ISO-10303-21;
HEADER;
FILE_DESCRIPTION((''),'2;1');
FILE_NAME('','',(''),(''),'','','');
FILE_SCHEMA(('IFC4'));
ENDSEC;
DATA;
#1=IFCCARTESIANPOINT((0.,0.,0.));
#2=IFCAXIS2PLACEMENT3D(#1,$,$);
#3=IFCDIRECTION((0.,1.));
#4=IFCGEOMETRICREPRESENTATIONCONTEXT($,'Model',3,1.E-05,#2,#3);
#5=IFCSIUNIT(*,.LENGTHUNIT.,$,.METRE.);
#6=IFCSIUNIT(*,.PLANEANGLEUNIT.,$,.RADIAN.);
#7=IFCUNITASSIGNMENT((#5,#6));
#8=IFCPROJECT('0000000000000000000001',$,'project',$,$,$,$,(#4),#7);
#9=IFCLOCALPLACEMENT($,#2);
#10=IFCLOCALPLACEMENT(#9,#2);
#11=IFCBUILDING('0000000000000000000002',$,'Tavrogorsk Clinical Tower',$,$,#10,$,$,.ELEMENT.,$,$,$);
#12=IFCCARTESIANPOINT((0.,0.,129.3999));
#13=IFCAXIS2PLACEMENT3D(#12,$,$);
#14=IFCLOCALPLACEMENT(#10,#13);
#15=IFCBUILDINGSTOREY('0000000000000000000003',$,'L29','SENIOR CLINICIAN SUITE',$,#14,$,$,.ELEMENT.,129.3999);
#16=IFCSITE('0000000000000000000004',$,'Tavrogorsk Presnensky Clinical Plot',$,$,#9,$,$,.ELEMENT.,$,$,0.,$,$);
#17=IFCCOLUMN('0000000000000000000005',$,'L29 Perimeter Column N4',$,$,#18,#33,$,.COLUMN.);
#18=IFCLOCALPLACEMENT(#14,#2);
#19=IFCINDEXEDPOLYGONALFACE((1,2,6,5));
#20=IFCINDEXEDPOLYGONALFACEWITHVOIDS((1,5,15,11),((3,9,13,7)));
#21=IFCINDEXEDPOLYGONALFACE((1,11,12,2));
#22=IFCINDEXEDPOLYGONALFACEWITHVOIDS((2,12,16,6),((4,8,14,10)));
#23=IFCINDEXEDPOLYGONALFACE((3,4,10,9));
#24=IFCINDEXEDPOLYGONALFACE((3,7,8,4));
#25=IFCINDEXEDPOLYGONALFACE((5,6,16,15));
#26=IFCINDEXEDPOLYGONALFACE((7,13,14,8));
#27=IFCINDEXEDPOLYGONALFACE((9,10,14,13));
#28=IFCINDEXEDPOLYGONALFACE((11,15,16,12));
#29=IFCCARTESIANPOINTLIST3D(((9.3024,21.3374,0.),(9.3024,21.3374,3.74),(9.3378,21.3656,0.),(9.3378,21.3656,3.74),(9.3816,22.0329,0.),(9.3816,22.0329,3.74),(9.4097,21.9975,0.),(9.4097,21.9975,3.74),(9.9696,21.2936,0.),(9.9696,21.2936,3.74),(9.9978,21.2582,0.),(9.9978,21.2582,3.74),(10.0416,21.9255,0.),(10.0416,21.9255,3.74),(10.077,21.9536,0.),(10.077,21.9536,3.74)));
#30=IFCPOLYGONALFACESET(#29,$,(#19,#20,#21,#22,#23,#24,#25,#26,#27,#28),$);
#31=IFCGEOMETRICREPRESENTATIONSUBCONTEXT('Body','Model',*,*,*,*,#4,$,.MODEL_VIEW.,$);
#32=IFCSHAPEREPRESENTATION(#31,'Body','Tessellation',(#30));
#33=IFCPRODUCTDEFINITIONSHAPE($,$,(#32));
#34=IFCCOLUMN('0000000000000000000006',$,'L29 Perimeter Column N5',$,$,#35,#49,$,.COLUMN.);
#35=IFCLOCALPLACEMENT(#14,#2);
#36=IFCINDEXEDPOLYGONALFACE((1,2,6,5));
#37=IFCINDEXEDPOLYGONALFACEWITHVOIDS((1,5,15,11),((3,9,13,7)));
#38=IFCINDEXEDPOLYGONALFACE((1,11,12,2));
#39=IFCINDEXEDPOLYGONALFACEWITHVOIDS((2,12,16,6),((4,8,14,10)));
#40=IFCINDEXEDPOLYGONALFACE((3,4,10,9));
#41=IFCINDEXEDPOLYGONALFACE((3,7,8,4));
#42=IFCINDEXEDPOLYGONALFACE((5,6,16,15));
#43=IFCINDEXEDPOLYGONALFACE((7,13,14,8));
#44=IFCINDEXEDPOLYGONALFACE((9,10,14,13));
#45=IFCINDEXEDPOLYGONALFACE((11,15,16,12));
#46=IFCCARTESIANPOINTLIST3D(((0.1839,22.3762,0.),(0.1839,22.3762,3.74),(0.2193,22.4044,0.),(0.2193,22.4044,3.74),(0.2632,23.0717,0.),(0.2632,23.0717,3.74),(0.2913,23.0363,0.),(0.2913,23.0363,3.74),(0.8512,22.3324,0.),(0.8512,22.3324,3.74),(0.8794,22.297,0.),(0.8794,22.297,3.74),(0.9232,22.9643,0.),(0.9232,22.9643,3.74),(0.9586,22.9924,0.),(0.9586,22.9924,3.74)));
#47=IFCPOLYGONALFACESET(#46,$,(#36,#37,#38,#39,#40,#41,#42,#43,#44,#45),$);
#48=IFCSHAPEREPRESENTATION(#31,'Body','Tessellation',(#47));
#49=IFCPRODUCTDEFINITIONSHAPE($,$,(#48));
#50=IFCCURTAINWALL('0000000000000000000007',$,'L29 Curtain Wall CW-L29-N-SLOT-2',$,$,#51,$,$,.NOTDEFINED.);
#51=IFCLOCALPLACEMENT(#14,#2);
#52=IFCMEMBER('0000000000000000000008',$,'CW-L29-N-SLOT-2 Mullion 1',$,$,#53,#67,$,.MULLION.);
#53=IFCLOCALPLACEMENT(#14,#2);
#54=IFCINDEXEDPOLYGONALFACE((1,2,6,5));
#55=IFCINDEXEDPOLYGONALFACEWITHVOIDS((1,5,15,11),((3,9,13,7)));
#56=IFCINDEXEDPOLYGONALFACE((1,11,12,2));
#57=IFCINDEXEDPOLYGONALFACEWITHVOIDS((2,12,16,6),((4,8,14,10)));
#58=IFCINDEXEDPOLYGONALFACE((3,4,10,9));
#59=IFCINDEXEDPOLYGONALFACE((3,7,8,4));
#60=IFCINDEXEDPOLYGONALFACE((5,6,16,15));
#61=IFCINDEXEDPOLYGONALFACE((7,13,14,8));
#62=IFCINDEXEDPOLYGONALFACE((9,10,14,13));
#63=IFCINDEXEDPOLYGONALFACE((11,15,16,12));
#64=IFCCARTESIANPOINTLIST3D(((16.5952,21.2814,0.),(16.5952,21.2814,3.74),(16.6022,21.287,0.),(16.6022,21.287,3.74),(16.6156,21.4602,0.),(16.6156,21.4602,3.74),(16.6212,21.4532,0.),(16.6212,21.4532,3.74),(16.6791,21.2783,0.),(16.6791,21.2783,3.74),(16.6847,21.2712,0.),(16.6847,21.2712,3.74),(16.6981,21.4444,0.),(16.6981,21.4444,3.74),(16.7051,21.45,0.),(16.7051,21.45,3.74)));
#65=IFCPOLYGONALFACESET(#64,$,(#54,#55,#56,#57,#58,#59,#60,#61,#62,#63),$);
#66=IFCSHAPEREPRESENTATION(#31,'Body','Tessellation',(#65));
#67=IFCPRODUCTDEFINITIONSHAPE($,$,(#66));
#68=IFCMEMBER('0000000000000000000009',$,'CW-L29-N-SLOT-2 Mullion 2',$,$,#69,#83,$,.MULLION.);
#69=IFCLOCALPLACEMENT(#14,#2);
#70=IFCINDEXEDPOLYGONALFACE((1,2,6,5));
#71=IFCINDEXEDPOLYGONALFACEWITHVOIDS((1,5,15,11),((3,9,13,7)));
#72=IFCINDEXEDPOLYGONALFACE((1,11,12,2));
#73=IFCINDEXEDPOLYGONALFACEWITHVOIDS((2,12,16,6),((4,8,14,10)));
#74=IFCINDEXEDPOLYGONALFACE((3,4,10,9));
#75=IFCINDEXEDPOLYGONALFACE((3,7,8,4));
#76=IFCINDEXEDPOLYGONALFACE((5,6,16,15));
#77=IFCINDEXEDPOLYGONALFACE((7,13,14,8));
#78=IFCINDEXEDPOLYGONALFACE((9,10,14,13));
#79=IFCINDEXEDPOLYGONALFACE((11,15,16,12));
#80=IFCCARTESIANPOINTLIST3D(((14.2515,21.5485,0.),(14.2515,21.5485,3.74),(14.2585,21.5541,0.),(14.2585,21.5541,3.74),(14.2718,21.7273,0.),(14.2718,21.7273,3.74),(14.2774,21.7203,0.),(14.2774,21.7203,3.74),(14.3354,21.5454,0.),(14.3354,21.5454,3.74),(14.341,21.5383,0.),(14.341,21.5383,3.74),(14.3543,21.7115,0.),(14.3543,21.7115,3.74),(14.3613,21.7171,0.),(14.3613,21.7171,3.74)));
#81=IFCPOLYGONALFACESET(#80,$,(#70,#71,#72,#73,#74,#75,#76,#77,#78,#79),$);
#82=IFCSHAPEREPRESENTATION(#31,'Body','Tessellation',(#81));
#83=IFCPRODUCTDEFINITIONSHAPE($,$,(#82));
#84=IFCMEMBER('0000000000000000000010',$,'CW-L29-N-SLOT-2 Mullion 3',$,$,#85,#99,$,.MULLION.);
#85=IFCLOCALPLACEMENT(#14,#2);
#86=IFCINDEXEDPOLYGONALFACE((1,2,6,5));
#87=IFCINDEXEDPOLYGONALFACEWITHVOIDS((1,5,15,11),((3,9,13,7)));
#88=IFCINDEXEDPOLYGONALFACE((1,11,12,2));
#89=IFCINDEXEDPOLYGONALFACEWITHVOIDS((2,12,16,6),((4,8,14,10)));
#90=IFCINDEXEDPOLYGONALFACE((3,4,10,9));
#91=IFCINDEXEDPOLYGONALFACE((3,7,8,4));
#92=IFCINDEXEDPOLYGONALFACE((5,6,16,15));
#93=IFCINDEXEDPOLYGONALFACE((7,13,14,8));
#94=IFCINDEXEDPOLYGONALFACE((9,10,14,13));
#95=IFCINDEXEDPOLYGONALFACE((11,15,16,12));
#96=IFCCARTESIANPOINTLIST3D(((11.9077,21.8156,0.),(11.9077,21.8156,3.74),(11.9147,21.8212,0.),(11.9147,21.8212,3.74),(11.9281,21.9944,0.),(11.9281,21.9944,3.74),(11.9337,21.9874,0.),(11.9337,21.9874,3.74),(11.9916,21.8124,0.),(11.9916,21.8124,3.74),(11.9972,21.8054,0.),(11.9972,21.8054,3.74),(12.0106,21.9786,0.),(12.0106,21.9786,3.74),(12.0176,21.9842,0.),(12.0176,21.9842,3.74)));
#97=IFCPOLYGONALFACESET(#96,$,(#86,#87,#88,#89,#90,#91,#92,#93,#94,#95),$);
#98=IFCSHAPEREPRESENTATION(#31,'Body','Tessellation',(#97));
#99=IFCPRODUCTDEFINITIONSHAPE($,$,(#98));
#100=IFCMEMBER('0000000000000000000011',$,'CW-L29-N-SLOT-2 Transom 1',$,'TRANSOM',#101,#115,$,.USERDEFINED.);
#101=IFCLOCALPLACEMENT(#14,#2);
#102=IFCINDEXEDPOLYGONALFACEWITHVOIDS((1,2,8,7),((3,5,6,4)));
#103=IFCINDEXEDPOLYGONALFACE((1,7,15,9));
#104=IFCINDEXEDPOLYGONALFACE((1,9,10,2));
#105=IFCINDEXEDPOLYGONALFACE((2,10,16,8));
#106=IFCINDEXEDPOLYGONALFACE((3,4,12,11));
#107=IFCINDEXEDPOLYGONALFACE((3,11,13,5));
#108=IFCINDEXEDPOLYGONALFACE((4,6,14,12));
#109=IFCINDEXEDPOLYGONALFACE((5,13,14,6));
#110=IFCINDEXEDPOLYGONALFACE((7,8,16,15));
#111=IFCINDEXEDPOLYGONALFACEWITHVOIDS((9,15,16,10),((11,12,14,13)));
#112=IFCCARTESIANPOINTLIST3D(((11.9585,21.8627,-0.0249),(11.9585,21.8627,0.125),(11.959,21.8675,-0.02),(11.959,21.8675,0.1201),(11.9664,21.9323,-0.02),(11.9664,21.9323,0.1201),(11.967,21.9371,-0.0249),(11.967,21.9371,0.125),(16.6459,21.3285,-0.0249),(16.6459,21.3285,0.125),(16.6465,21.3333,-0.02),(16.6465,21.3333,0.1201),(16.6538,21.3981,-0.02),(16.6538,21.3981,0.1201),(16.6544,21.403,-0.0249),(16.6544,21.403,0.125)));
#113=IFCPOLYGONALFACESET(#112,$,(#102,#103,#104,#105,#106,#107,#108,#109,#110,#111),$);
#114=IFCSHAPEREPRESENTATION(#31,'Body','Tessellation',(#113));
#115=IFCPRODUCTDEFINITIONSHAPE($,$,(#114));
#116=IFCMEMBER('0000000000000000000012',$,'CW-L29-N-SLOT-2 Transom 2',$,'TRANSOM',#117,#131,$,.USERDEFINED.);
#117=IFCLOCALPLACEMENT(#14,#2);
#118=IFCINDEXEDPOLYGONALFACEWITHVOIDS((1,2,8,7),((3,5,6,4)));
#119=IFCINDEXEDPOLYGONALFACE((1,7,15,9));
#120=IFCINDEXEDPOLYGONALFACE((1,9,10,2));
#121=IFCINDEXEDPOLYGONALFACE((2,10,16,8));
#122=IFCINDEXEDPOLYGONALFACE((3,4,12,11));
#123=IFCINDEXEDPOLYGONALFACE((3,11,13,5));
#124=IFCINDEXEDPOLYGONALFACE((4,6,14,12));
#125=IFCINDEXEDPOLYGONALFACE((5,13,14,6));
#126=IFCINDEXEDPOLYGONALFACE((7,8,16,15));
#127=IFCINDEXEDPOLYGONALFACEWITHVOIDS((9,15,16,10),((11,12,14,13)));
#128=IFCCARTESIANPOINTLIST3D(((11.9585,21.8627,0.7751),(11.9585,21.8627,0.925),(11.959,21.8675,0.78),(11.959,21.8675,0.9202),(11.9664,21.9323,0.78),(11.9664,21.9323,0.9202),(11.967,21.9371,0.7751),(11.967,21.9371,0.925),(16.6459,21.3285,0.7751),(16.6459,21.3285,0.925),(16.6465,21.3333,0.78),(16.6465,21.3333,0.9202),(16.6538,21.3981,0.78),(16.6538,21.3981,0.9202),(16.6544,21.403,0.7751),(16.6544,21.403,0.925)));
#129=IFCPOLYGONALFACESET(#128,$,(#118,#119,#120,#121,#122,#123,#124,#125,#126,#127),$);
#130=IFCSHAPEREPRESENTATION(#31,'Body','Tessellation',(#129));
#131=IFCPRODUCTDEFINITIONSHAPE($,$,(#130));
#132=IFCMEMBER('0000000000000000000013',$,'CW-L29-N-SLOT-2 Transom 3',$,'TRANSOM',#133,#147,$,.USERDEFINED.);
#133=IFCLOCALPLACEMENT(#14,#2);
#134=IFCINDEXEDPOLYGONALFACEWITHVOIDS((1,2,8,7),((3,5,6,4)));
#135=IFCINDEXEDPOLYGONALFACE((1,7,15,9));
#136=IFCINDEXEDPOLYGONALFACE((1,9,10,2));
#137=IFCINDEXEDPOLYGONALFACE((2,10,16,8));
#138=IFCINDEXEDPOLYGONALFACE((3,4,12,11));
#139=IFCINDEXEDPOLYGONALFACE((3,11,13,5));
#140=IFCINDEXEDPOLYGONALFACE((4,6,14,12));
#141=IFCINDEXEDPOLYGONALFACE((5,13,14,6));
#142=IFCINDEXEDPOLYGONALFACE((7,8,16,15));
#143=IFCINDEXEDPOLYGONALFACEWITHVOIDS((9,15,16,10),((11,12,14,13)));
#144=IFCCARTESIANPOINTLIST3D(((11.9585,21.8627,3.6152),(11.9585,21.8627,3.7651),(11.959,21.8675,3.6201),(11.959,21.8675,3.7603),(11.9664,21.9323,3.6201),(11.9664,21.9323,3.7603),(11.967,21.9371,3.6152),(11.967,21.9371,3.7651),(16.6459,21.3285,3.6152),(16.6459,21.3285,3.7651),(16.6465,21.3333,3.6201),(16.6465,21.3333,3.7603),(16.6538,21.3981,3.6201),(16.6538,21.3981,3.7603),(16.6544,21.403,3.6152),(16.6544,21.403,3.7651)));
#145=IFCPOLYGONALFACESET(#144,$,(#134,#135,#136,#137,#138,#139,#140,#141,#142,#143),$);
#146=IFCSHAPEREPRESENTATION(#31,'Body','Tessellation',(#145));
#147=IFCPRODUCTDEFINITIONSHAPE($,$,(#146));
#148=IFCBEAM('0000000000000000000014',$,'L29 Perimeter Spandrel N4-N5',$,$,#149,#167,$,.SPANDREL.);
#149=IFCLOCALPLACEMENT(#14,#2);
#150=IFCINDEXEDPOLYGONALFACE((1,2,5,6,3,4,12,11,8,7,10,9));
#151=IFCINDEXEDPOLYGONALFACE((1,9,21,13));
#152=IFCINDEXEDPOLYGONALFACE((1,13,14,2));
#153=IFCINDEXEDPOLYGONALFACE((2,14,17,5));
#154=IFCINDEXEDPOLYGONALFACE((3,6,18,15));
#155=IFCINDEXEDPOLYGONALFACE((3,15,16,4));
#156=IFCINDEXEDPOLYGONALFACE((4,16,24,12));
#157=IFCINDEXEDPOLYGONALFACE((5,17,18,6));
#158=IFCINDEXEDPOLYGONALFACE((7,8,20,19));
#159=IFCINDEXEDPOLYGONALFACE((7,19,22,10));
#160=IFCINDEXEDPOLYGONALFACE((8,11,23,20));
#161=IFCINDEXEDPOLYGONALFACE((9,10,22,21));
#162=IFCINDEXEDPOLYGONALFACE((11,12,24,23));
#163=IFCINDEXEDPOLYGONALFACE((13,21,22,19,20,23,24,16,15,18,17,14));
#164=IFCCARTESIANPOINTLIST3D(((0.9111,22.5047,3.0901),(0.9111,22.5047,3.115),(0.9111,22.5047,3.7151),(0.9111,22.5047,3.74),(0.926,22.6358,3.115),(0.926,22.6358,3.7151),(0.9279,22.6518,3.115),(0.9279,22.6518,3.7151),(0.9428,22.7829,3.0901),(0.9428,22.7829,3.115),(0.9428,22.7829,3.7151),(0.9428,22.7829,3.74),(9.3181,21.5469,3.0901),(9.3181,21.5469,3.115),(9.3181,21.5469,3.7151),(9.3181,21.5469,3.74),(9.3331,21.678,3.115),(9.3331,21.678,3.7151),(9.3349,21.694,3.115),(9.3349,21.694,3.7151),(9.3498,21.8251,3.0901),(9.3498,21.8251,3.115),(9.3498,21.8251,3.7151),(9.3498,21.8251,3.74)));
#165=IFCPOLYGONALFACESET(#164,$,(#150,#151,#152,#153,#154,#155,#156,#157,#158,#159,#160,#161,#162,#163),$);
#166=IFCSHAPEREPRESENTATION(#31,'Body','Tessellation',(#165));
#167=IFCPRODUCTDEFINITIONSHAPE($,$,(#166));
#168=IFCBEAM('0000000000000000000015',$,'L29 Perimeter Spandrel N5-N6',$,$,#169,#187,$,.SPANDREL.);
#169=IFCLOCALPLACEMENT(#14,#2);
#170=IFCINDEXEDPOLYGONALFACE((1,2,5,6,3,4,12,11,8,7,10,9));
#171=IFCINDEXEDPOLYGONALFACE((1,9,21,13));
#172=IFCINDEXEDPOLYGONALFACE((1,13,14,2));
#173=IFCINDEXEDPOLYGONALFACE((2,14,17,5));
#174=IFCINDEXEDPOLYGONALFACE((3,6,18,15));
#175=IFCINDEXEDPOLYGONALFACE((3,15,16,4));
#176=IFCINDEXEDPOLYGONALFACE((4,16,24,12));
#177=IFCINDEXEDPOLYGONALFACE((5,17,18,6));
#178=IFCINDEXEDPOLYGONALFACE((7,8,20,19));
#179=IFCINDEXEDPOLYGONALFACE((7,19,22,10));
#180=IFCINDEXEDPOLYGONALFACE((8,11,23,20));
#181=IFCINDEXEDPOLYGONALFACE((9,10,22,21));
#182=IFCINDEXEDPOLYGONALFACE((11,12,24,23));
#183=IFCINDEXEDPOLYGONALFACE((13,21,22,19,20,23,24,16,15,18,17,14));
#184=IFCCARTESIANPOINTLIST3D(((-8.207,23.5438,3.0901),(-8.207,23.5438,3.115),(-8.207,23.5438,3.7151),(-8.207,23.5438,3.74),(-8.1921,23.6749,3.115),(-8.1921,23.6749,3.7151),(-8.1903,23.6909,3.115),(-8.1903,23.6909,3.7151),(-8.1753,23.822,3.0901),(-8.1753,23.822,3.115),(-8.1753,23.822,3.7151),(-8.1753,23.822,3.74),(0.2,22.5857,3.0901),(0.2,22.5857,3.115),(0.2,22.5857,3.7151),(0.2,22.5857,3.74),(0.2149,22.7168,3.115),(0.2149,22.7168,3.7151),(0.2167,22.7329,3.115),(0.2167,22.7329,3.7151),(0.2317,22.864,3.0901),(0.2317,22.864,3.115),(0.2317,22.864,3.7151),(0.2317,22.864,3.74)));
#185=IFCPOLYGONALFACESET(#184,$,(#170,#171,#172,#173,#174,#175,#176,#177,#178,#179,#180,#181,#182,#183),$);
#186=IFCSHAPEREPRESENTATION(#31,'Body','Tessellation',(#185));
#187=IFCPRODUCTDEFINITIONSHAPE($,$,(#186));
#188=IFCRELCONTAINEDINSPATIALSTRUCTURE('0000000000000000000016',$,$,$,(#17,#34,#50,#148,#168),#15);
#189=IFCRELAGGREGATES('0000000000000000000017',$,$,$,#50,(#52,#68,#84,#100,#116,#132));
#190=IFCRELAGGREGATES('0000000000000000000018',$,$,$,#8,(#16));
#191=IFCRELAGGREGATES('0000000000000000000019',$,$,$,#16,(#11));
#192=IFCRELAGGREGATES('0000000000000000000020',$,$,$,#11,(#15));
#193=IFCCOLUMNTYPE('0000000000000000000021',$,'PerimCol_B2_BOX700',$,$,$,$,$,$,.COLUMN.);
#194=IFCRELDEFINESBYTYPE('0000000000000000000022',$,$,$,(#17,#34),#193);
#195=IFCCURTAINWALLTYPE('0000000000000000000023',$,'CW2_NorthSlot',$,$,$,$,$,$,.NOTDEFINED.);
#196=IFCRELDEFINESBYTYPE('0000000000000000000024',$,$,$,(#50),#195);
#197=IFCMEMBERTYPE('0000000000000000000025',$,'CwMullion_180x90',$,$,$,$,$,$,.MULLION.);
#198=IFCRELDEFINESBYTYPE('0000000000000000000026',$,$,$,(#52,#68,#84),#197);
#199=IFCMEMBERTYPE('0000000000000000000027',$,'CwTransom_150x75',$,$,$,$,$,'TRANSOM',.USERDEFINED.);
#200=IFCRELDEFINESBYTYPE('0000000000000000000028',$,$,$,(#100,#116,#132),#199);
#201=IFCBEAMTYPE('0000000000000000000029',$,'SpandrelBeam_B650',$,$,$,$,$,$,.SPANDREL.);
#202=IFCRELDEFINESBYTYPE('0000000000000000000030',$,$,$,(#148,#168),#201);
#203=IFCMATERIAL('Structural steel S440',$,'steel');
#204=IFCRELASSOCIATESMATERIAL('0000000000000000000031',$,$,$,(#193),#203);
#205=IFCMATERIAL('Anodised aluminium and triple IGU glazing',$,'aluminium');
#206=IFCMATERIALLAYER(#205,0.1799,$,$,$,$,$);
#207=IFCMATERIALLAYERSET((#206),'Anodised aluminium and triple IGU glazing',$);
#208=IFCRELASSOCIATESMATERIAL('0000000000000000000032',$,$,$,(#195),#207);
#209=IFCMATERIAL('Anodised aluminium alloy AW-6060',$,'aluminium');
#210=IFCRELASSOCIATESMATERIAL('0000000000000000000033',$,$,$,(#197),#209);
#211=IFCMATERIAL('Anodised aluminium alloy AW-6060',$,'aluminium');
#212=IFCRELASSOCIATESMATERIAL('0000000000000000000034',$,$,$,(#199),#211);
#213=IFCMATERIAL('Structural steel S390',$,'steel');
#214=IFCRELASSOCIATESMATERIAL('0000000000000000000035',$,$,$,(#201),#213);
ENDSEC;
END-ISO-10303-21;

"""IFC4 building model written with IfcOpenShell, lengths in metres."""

from ifc_helpers import new_model, si_unit, direction, frame, origin, origin_2d, place, context, subcontext, project, spatial, hollow_rectangle, i_section, extrude, material, layer, layer_set, material_profile, profile_set, type_object, element, aggregate, save


model = new_model("IFC4")

# Units and contexts
model_context = context("Model", 3, precision=1e-05, world=origin(), true_north=direction((0.0, 1.0)))
body_context = subcontext(model_context, "Body", "Model", "MODEL_VIEW")
ifc_project = project(units=[si_unit("LENGTHUNIT", "METRE"), si_unit("PLANEANGLEUNIT", "RADIAN")], contexts=[model_context])

# Site, building, storey
site_placement = place(None, origin())
site = spatial("IfcSite", under=ifc_project, at=site_placement, Name="Tavrogorsk Presnensky Clinical Plot", CompositionType="ELEMENT", RefElevation=0.0)
building_placement = place(site_placement, origin())
building = spatial("IfcBuilding", under=site, at=building_placement, Name="Tavrogorsk Clinical Tower", CompositionType="ELEMENT")
storey_placement = place(building_placement, frame((0.0, 0.0, 129.3999)))
storey = spatial("IfcBuildingStorey", under=building, at=storey_placement, Name="L29", Description="SENIOR CLINICIAN SUITE", CompositionType="ELEMENT", Elevation=129.3999)

# Columns
ifc_material_1 = material(Name="Structural steel S440", Category="steel")
ifc_material_profile_1 = material_profile(ifc_material_1, hollow_rectangle(XDim=0.7, YDim=0.7, WallThickness=0.032, at=origin_2d()), Name="BOX-700x700x32")
ifc_profile_set_1 = profile_set([ifc_material_profile_1], Name="Structural steel S440")
column_type = type_object("IfcColumnType", Name="PerimCol_B2_BOX700", PredefinedType="COLUMN", material=ifc_profile_set_1)
for number, where, z_axis, x_axis, name in (
    (1, (9.6897, 21.6455, 0.0), (0.0, 0.0, 1.0), (0.993572, -0.113203, 0.0), "L29 Perimeter Column N4"),
    (2, (0.5713, 22.6843, 0.0), (0.0, 0.0, 1.0), (0.993572, -0.113203, 0.0), "L29 Perimeter Column N5"),
):
    element("IfcColumn", number, at=place(storey_placement, frame(where, z_axis=z_axis, x_axis=x_axis)), inside=storey, type_object=column_type, Name=name, PredefinedType="COLUMN", context=body_context, shape_type="SweptSolid", body=[
        extrude(hollow_rectangle(XDim=0.7, YDim=0.7, WallThickness=0.032, at=origin_2d()), origin(), (0.0, 0.0, 1.0), 3.74),
    ])

# Curtain wall, members
ifc_material_2 = material(Name="Anodised aluminium and triple IGU glazing", Category="aluminium")
ifc_layer_1 = layer(ifc_material_2, 0.1799)
ifc_layer_set_1 = layer_set([ifc_layer_1], Name="Anodised aluminium and triple IGU glazing")
curtain_wall_type = type_object("IfcCurtainWallType", Name="CW2_NorthSlot", PredefinedType="NOTDEFINED", material=ifc_layer_set_1)
curtain_wall_placement = place(storey_placement, origin())
curtain_wall = element("IfcCurtainWall", 3, at=curtain_wall_placement, inside=storey, type_object=curtain_wall_type, Name="L29 Curtain Wall CW-L29-N-SLOT-2", PredefinedType="NOTDEFINED")
ifc_material_3 = material(Name="Anodised aluminium alloy AW-6060", Category="aluminium")
ifc_material_profile_2 = material_profile(ifc_material_3, hollow_rectangle(XDim=0.0901, YDim=0.1799, WallThickness=0.0063, at=origin_2d()), Name="RHS-180x90x6.3")
ifc_profile_set_2 = profile_set([ifc_material_profile_2], Name="Anodised aluminium alloy AW-6060")
member_type_1 = type_object("IfcMemberType", Name="CwMullion_180x90", PredefinedType="MULLION", material=ifc_profile_set_2)
member_1_placement = place(storey_placement, frame((16.6501, 21.3657, 0.0), z_axis=(0.0, 0.0, 1.0), x_axis=(-0.993572, 0.113203, 0.0)))
member_1 = element("IfcMember", 4, at=member_1_placement, type_object=member_type_1, Name="CW-L29-N-SLOT-2 Mullion 1", PredefinedType="MULLION", context=body_context, shape_type="SweptSolid", body=[
    extrude(hollow_rectangle(XDim=0.0901, YDim=0.1799, WallThickness=0.0063, at=origin_2d()), origin(), (0.0, 0.0, 1.0), 3.74),
])
member_2_placement = place(storey_placement, frame((14.3064, 21.6328, 0.0), z_axis=(0.0, 0.0, 1.0), x_axis=(-0.993572, 0.113203, 0.0)))
member_2 = element("IfcMember", 5, at=member_2_placement, type_object=member_type_1, Name="CW-L29-N-SLOT-2 Mullion 2", PredefinedType="MULLION", context=body_context, shape_type="SweptSolid", body=[
    extrude(hollow_rectangle(XDim=0.0901, YDim=0.1799, WallThickness=0.0063, at=origin_2d()), origin(), (0.0, 0.0, 1.0), 3.74),
])
member_3_placement = place(storey_placement, frame((11.9626, 21.8999, 0.0), z_axis=(0.0, 0.0, 1.0), x_axis=(-0.993572, 0.113203, 0.0)))
member_3 = element("IfcMember", 6, at=member_3_placement, type_object=member_type_1, Name="CW-L29-N-SLOT-2 Mullion 3", PredefinedType="MULLION", context=body_context, shape_type="SweptSolid", body=[
    extrude(hollow_rectangle(XDim=0.0901, YDim=0.1799, WallThickness=0.0063, at=origin_2d()), origin(), (0.0, 0.0, 1.0), 3.74),
])
ifc_material_4 = material(Name="Anodised aluminium alloy AW-6060", Category="aluminium")
ifc_material_profile_3 = material_profile(ifc_material_4, hollow_rectangle(XDim=0.075, YDim=0.1499, WallThickness=0.0049, at=origin_2d()), Name="RHS-150x75x5")
ifc_profile_set_3 = profile_set([ifc_material_profile_3], Name="Anodised aluminium alloy AW-6060")
member_type_2 = type_object("IfcMemberType", Name="CwTransom_150x75", ElementType="TRANSOM", PredefinedType="USERDEFINED", material=ifc_profile_set_3)
member_4_placement = place(storey_placement, frame((16.6501, 21.3657, 0.05), z_axis=(-0.993569, 0.113226, 0.0), x_axis=(-0.113226, -0.993569, 0.0)))
member_4 = element("IfcMember", 7, at=member_4_placement, type_object=member_type_2, Name="CW-L29-N-SLOT-2 Transom 1", ObjectType="TRANSOM", PredefinedType="USERDEFINED", context=body_context, shape_type="SweptSolid", body=[
    extrude(hollow_rectangle(XDim=0.075, YDim=0.1499, WallThickness=0.0049, at=origin_2d()), origin(), (0.0, 0.0, 1.0), 4.7178),
])
member_5_placement = place(storey_placement, frame((16.6501, 21.3657, 0.8501), z_axis=(-0.993569, 0.113226, 0.0), x_axis=(-0.113226, -0.993569, 0.0)))
member_5 = element("IfcMember", 8, at=member_5_placement, type_object=member_type_2, Name="CW-L29-N-SLOT-2 Transom 2", ObjectType="TRANSOM", PredefinedType="USERDEFINED", context=body_context, shape_type="SweptSolid", body=[
    extrude(hollow_rectangle(XDim=0.075, YDim=0.1499, WallThickness=0.0049, at=origin_2d()), origin(), (0.0, 0.0, 1.0), 4.7178),
])
member_6_placement = place(storey_placement, frame((16.6501, 21.3657, 3.6902), z_axis=(-0.993569, 0.113226, 0.0), x_axis=(-0.113226, -0.993569, 0.0)))
member_6 = element("IfcMember", 9, at=member_6_placement, type_object=member_type_2, Name="CW-L29-N-SLOT-2 Transom 3", ObjectType="TRANSOM", PredefinedType="USERDEFINED", context=body_context, shape_type="SweptSolid", body=[
    extrude(hollow_rectangle(XDim=0.075, YDim=0.1499, WallThickness=0.0049, at=origin_2d()), origin(), (0.0, 0.0, 1.0), 4.7178),
])

# Beams
ifc_material_5 = material(Name="Structural steel S390", Category="steel")
ifc_material_profile_4 = material_profile(ifc_material_5, i_section(OverallWidth=0.28, OverallDepth=0.6499, WebThickness=0.0161, FlangeThickness=0.0249, at=origin_2d()), Name="B-650x280x16x25")
ifc_profile_set_4 = profile_set([ifc_material_profile_4], Name="Structural steel S390")
beam_type = type_object("IfcBeamType", Name="SpandrelBeam_B650", PredefinedType="SPANDREL", material=ifc_profile_set_4)
for number, where, z_axis, x_axis, name in (
    (10, (9.334, 21.686, 3.415), (-0.993573, 0.113193, 0.0), (-0.113193, -0.993573, 0.0), "L29 Perimeter Spandrel N4-N5"),
    (11, (0.2158, 22.7249, 3.415), (-0.99357, 0.113221, 0.0), (-0.113221, -0.99357, 0.0), "L29 Perimeter Spandrel N5-N6"),
):
    element("IfcBeam", number, at=place(storey_placement, frame(where, z_axis=z_axis, x_axis=x_axis)), inside=storey, type_object=beam_type, Name=name, PredefinedType="SPANDREL", context=body_context, shape_type="SweptSolid", body=[
        extrude(i_section(OverallWidth=0.28, OverallDepth=0.6499, WebThickness=0.0161, FlangeThickness=0.0249, at=origin_2d()), origin(), (0.0, 0.0, 1.0), 8.4614),
    ])

aggregate(curtain_wall, [member_1, member_2, member_3, member_4, member_5, member_6])

save(model, "model.ifc")
